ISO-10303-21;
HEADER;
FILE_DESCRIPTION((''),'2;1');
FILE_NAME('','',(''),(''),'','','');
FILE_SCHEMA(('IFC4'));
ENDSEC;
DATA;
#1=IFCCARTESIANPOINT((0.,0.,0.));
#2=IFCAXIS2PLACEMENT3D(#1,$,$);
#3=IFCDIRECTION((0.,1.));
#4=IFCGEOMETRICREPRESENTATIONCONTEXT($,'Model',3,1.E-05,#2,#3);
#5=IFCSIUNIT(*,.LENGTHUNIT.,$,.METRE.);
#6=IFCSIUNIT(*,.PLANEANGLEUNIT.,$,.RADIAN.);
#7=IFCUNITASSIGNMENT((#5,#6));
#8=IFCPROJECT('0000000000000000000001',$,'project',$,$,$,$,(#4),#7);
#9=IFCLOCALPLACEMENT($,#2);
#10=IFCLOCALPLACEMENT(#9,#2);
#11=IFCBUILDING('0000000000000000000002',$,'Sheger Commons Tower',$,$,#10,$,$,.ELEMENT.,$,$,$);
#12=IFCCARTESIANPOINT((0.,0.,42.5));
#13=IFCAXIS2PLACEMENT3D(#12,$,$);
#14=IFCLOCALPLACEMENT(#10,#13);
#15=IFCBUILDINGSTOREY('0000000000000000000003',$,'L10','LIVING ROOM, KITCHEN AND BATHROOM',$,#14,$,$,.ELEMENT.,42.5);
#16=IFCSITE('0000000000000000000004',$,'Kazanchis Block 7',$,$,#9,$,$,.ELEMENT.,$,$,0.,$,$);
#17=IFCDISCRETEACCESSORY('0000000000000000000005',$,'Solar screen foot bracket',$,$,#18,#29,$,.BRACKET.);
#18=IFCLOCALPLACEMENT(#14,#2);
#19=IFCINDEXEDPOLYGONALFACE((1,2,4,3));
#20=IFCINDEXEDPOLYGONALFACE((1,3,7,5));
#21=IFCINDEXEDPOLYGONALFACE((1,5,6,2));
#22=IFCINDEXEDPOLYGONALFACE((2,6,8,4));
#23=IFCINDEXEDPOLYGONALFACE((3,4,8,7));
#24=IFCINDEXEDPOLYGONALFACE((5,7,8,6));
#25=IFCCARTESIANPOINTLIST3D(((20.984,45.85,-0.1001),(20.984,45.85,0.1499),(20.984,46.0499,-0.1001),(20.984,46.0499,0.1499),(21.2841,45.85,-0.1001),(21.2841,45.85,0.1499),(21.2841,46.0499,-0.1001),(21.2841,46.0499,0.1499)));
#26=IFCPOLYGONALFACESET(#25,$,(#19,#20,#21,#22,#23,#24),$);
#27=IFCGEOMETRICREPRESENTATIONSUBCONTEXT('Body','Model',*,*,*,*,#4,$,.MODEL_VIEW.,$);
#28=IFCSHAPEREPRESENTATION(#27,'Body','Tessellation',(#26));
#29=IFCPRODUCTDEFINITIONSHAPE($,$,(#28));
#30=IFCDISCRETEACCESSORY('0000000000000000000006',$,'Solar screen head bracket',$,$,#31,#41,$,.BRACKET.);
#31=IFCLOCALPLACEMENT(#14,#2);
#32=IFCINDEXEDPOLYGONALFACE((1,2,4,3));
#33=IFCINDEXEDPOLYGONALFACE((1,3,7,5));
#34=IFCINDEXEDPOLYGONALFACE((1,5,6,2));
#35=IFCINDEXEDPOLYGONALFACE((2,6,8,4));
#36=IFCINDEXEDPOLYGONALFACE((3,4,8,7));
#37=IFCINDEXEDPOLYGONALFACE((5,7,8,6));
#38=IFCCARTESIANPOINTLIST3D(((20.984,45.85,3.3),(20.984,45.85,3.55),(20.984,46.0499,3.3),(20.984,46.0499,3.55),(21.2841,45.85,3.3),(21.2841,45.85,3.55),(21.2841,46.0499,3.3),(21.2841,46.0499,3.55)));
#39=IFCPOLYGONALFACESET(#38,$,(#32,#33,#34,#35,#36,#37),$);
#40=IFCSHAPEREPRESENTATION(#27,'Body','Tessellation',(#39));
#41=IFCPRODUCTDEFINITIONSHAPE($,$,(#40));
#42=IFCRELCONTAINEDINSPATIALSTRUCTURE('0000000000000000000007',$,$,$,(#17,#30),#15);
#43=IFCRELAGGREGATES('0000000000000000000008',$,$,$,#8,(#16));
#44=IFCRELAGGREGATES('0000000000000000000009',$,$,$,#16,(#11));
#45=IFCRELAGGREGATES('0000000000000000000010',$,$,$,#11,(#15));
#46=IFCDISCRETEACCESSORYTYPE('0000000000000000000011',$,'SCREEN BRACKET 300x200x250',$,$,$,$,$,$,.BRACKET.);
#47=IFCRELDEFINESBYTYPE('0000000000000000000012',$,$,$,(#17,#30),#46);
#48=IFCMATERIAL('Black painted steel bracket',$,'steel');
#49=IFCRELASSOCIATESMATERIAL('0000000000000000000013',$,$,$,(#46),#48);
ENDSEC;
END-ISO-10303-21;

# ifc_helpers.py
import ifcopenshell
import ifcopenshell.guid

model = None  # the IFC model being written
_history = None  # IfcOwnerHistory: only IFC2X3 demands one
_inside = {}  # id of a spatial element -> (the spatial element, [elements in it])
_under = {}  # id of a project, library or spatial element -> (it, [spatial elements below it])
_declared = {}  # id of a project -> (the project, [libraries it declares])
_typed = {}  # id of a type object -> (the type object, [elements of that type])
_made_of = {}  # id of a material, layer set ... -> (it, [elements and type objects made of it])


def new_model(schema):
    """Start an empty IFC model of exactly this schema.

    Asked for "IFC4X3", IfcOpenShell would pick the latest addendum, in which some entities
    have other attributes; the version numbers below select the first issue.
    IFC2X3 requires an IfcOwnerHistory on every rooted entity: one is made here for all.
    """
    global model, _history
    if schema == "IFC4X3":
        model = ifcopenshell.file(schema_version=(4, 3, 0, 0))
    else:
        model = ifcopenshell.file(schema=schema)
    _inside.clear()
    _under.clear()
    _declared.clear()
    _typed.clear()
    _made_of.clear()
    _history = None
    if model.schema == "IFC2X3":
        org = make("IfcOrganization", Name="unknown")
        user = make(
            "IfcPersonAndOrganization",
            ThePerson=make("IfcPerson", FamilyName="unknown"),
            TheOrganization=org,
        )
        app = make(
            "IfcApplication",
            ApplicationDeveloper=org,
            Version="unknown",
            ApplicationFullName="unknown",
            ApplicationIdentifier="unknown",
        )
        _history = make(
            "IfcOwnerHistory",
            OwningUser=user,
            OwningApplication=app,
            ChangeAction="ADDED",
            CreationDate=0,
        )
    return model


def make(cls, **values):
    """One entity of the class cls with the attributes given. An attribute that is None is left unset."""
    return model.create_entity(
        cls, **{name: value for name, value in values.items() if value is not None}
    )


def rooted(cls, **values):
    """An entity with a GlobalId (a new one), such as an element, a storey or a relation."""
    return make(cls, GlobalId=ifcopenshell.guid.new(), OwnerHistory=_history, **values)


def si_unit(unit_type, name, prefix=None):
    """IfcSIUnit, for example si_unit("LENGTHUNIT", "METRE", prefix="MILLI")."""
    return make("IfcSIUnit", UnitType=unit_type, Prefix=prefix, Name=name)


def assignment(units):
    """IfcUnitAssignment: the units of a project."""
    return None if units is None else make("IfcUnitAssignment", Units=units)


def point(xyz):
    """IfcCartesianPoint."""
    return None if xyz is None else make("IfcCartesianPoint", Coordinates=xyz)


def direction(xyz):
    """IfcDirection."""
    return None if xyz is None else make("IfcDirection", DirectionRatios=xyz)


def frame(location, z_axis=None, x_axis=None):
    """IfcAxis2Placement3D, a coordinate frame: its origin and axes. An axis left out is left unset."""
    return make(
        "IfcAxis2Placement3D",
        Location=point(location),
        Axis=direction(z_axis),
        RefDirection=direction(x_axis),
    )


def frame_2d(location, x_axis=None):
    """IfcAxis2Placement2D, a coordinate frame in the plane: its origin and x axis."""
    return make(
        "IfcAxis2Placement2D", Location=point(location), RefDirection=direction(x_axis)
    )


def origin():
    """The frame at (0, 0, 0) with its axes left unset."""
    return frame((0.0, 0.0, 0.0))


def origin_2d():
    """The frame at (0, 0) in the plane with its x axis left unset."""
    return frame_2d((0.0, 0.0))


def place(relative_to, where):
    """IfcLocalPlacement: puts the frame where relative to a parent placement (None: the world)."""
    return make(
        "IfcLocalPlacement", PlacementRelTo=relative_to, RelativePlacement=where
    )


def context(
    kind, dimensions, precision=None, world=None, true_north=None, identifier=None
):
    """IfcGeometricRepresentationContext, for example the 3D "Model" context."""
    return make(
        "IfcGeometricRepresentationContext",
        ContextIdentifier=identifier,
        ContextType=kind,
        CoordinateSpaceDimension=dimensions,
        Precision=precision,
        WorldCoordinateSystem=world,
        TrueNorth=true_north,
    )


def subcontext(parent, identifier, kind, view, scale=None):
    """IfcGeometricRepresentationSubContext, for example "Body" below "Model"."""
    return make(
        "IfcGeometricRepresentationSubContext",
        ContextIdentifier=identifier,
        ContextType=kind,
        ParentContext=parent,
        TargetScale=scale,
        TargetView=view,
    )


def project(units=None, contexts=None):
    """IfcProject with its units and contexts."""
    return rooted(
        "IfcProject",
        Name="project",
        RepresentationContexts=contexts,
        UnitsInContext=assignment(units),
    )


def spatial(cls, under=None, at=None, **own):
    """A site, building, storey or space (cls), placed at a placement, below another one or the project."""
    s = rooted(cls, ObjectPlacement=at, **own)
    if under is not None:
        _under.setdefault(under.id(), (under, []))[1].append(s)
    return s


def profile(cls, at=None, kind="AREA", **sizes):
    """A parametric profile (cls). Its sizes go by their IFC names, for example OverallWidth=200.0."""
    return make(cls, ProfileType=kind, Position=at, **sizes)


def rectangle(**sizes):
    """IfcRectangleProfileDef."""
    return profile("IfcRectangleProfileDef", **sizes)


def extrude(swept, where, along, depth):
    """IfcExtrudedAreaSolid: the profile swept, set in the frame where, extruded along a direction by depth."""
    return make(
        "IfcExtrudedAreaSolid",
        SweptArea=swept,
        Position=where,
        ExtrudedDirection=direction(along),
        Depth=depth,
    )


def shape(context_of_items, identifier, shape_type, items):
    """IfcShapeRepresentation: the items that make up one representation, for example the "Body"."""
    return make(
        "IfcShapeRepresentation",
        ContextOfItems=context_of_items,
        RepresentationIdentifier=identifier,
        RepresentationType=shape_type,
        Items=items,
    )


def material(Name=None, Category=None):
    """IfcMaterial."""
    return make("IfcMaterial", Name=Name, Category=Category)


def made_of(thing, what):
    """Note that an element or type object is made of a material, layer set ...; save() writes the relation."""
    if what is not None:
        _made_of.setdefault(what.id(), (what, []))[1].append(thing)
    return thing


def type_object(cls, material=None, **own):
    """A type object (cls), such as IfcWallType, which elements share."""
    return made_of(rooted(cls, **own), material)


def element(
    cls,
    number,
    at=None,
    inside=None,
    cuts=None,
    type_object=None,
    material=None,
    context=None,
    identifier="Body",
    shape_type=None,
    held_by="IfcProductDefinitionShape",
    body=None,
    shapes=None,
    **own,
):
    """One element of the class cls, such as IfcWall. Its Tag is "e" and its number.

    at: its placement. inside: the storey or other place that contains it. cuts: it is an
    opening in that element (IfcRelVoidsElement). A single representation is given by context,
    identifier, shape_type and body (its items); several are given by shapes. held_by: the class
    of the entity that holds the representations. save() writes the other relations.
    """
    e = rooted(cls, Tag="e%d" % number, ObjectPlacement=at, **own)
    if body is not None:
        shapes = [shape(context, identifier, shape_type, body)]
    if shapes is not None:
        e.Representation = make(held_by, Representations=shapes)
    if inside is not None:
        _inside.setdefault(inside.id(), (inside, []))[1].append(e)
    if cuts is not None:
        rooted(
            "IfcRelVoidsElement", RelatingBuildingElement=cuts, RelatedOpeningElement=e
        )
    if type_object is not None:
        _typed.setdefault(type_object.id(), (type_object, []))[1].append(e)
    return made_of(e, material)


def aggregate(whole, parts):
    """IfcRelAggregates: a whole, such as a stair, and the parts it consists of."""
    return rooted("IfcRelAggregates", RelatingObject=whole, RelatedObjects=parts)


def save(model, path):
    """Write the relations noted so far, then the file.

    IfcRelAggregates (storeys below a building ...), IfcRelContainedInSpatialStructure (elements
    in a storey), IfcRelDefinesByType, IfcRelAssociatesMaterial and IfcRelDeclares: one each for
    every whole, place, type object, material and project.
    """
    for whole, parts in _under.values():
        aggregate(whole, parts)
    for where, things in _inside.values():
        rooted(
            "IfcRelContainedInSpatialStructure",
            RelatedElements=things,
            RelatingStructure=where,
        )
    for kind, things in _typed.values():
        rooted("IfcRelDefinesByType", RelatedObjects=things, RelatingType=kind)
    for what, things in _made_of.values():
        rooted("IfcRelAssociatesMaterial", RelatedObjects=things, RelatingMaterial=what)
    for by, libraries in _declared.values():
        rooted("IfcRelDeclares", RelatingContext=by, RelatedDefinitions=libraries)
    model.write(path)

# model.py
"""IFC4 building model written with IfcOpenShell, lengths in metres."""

from ifc_helpers import new_model, si_unit, direction, frame, origin, origin_2d, place, context, subcontext, project, spatial, rectangle, extrude, material, type_object, element, save


model = new_model("IFC4")

# Units and contexts
model_context = context("Model", 3, precision=1e-05, world=origin(), true_north=direction((0.0, 1.0)))
body_context = subcontext(model_context, "Body", "Model", "MODEL_VIEW")
ifc_project = project(units=[si_unit("LENGTHUNIT", "METRE"), si_unit("PLANEANGLEUNIT", "RADIAN")], contexts=[model_context])

# Site, building, storey
site_placement = place(None, origin())
site = spatial("IfcSite", under=ifc_project, at=site_placement, Name="Kazanchis Block 7", CompositionType="ELEMENT", RefElevation=0.0)
building_placement = place(site_placement, origin())
building = spatial("IfcBuilding", under=site, at=building_placement, Name="Sheger Commons Tower", CompositionType="ELEMENT")
storey_placement = place(building_placement, frame((0.0, 0.0, 42.5)))
storey = spatial("IfcBuildingStorey", under=building, at=storey_placement, Name="L10", Description="LIVING ROOM, KITCHEN AND BATHROOM", CompositionType="ELEMENT", Elevation=42.5)

# Discrete accessories
ifc_material_1 = material(Name="Black painted steel bracket", Category="steel")
discrete_accessory_type = type_object("IfcDiscreteAccessoryType", Name="SCREEN BRACKET 300x200x250", PredefinedType="BRACKET", material=ifc_material_1)
for number, where, z_axis, x_axis, name in (
    (1, (21.134, 45.95, -0.1001), (0.0, 0.0, 1.0), (-1.0, 0.0, 0.0), "Solar screen foot bracket"),
    (2, (21.134, 45.95, 3.3), (0.0, 0.0, 1.0), (-1.0, 0.0, 0.0), "Solar screen head bracket"),
):
    element("IfcDiscreteAccessory", number, at=place(storey_placement, frame(where, z_axis=z_axis, x_axis=x_axis)), inside=storey, type_object=discrete_accessory_type, Name=name, PredefinedType="BRACKET", context=body_context, shape_type="SweptSolid", body=[
        extrude(rectangle(XDim=0.3, YDim=0.2, at=origin_2d()), origin(), (0.0, 0.0, 1.0), 0.25),
    ])

save(model, "model.ifc")
